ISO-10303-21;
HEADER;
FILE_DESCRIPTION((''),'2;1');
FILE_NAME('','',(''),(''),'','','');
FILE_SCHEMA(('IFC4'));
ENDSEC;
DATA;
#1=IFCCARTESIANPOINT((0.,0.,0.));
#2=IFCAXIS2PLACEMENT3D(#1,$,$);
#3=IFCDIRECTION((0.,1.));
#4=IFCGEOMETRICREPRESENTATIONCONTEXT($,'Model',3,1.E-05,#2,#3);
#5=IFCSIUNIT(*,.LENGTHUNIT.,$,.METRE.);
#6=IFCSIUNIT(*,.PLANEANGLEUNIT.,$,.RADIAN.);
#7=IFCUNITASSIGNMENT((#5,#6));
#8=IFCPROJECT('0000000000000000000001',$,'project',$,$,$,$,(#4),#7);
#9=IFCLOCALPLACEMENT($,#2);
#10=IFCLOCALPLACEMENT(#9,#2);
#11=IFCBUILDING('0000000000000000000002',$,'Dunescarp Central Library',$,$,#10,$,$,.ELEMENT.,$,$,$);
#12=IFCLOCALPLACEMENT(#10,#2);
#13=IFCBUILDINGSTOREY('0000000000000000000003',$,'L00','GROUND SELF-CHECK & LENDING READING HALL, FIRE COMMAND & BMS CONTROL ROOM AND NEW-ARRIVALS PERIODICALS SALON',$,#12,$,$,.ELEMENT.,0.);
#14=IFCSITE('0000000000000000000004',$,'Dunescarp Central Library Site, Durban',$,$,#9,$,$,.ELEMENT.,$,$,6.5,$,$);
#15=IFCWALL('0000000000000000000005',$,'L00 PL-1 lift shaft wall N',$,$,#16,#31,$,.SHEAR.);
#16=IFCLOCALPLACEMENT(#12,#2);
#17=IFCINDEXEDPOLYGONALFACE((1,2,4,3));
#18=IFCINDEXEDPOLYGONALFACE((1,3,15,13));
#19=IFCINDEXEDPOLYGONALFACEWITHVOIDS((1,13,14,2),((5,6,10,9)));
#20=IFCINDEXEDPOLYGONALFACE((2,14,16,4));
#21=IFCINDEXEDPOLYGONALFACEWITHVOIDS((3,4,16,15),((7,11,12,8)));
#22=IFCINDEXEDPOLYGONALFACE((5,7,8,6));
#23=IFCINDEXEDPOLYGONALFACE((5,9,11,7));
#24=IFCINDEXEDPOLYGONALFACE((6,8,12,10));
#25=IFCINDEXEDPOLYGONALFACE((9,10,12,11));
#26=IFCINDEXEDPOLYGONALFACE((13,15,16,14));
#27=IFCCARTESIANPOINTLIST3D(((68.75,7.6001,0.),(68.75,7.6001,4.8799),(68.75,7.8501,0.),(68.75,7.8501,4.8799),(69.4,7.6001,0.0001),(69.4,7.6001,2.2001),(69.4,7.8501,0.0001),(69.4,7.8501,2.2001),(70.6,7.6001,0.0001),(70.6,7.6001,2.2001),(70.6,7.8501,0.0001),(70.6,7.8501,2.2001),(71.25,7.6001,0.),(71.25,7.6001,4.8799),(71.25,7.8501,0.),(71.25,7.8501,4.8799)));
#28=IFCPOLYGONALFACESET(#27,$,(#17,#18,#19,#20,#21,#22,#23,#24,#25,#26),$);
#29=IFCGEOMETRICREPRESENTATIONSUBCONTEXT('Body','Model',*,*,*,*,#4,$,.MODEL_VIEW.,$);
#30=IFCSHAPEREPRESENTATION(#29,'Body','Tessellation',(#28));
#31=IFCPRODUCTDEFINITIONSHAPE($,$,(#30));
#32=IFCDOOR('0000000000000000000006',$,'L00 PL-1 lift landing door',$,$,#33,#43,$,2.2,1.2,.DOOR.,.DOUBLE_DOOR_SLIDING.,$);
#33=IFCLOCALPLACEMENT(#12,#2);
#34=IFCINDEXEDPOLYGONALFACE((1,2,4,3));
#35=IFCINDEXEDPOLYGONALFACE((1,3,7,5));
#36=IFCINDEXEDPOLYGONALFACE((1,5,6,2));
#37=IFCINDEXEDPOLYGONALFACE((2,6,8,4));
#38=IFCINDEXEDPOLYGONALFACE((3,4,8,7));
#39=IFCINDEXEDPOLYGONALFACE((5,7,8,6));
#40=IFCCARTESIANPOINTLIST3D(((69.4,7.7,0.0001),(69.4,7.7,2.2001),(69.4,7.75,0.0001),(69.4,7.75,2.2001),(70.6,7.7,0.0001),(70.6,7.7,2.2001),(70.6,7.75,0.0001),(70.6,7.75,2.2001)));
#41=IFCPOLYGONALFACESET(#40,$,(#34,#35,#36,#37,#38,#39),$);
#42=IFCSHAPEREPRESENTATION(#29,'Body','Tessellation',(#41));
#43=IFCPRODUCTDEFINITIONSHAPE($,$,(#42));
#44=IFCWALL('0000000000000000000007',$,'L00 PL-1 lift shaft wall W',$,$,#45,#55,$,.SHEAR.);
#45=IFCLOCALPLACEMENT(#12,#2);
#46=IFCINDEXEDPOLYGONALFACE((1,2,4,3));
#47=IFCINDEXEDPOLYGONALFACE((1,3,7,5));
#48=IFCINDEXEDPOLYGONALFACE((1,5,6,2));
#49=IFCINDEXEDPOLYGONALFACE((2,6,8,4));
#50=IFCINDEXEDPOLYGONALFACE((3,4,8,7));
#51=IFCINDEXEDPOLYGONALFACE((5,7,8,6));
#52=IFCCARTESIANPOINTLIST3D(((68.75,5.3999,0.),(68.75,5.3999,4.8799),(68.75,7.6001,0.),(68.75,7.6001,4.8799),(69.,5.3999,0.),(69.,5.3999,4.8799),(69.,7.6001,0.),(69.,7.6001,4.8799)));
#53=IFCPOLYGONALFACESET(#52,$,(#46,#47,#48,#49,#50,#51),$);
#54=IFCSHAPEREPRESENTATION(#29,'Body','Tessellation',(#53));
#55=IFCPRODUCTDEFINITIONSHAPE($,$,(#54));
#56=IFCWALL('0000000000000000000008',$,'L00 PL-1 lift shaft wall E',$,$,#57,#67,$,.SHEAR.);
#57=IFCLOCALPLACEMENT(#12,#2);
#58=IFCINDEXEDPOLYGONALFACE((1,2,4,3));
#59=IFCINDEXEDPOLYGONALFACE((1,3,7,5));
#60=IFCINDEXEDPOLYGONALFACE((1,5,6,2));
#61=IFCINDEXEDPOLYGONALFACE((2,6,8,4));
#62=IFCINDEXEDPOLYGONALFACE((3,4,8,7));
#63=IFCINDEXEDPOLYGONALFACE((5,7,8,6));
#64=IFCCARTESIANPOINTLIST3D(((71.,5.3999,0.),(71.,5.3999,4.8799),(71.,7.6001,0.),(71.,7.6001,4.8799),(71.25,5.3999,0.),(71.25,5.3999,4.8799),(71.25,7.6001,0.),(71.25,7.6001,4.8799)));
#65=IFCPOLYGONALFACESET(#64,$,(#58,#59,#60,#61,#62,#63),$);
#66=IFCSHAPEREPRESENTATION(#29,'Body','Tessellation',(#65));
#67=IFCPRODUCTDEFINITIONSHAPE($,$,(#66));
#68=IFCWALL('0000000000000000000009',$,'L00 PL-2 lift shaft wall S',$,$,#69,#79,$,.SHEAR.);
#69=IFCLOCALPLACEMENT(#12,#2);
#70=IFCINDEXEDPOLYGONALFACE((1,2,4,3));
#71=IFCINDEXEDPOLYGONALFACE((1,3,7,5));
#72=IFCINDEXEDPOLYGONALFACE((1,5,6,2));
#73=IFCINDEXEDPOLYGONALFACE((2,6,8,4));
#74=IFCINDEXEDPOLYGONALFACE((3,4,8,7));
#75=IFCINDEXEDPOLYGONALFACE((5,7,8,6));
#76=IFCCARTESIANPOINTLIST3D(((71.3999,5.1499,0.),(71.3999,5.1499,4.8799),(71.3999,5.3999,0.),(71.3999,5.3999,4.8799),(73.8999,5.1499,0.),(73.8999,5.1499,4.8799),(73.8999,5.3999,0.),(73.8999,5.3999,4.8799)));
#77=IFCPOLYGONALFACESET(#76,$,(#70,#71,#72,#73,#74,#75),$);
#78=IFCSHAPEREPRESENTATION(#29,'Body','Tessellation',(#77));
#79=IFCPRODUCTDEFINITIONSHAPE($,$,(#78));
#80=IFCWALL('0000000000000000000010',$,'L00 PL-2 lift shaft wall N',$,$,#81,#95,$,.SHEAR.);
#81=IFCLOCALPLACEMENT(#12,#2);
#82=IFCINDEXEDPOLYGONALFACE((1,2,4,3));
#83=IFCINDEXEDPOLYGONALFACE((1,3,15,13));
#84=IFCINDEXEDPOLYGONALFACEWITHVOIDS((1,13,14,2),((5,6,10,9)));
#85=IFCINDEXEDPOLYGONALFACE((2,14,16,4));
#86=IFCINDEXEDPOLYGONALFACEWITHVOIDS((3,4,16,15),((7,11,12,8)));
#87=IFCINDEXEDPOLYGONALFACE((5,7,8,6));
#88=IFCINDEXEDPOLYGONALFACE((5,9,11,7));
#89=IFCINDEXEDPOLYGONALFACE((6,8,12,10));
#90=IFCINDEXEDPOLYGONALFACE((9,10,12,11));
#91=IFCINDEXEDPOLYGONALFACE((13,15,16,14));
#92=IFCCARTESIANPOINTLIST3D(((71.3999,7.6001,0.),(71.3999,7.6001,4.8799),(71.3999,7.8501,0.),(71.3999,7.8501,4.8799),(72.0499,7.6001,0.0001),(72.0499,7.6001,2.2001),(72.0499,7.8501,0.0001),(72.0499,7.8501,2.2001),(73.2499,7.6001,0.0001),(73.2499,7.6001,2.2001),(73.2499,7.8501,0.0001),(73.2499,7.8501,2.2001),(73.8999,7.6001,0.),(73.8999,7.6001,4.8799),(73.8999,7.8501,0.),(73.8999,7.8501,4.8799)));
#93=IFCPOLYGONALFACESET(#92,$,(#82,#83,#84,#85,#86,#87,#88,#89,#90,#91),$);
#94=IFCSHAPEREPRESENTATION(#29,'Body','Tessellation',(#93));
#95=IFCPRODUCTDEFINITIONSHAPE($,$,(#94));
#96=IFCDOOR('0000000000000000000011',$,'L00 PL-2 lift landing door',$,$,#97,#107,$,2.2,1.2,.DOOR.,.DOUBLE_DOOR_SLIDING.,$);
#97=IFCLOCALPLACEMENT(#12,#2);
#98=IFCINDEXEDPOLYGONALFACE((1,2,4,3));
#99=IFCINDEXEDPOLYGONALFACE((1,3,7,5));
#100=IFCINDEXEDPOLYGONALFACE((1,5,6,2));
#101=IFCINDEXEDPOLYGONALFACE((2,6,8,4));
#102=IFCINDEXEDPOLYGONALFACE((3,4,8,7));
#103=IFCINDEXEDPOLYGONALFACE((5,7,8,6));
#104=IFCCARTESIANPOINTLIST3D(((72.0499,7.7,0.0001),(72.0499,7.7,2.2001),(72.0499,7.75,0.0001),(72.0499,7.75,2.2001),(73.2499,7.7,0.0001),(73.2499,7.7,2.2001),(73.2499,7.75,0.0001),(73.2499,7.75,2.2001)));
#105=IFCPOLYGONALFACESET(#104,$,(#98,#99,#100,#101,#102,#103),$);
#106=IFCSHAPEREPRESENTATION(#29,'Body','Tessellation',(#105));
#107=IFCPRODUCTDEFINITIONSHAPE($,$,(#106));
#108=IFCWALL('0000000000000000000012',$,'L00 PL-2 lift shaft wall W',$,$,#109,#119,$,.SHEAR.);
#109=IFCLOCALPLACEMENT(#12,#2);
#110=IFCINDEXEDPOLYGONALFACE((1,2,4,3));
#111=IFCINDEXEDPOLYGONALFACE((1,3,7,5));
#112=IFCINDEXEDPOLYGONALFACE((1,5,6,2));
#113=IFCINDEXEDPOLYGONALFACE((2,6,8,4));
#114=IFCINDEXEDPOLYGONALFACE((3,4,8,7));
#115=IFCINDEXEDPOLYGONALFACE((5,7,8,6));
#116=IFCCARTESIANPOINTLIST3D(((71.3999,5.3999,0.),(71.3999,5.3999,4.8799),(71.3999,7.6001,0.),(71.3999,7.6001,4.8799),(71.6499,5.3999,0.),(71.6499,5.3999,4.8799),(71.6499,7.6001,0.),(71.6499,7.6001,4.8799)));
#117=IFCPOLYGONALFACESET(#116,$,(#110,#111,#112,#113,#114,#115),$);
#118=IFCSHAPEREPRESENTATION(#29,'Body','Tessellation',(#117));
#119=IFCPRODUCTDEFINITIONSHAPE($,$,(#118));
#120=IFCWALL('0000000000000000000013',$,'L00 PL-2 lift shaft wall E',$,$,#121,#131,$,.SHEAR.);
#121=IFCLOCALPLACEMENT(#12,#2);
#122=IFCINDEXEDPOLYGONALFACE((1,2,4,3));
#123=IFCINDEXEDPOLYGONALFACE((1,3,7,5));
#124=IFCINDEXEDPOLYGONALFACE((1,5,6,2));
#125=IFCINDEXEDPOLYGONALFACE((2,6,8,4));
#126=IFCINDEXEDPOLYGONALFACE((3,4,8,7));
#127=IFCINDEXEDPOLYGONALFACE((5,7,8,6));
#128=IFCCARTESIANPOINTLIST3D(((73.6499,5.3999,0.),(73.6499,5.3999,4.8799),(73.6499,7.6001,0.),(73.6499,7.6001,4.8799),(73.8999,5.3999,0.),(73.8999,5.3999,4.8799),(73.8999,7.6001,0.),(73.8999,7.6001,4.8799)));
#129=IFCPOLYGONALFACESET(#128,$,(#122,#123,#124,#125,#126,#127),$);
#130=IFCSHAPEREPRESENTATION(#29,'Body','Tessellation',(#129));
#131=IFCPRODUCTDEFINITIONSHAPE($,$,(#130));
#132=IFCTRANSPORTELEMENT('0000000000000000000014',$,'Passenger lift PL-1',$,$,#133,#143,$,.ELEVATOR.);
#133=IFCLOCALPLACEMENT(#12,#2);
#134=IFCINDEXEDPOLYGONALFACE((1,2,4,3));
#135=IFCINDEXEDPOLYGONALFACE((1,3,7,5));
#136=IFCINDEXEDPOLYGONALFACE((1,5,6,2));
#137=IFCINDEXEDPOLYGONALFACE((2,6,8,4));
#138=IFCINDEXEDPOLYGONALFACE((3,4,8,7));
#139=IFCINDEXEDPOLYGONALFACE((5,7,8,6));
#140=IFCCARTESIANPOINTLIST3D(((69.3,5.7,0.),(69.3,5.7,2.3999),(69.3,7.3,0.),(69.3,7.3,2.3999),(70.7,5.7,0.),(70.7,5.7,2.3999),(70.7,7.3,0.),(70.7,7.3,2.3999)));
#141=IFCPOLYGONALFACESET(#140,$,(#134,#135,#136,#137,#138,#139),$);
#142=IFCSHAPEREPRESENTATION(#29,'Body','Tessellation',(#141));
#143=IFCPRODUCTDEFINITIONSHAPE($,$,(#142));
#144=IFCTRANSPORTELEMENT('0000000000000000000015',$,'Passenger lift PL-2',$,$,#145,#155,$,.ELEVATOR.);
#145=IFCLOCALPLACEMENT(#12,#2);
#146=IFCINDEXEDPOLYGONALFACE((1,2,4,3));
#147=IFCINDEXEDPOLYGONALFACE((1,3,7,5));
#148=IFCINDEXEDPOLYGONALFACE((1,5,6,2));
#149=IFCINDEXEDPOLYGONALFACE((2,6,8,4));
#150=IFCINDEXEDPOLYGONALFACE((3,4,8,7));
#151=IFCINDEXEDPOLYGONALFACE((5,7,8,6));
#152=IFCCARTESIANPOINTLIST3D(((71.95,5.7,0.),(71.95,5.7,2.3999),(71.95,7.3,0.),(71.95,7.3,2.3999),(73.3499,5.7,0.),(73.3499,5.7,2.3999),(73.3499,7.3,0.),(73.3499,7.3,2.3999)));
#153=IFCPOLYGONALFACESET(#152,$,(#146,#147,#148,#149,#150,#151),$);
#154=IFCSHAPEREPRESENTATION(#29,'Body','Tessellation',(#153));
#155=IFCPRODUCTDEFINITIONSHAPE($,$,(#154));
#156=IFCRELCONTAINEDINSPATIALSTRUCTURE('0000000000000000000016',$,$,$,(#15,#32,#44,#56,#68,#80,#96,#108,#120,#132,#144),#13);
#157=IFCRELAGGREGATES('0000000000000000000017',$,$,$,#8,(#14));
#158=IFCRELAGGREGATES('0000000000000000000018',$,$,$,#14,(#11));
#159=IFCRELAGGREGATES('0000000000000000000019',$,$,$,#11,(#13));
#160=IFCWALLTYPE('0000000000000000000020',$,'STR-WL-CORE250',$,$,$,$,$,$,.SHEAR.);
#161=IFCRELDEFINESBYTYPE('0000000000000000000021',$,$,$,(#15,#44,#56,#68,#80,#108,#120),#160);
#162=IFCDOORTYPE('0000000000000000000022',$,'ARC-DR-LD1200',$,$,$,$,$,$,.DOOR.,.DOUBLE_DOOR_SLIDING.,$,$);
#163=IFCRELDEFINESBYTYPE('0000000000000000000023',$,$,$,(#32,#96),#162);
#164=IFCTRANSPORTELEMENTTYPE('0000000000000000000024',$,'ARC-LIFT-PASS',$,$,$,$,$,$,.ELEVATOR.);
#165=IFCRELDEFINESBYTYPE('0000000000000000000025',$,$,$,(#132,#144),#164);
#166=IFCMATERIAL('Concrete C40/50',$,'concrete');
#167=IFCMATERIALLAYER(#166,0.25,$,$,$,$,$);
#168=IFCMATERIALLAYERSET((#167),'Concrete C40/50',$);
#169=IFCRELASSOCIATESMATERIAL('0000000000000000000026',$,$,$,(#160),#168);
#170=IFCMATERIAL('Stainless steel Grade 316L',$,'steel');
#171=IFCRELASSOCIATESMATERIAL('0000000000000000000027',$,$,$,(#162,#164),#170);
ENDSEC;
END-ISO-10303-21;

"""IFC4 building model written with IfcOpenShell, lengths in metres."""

from ifc_helpers import new_model, si_unit, direction, frame, frame_2d, origin, origin_2d, place, context, subcontext, project, spatial, rectangle, extrude, material, layer, layer_set, type_object, element, fill, save


model = new_model("IFC4")

# Units and contexts
model_context = context("Model", 3, precision=1e-05, world=origin(), true_north=direction((0.0, 1.0)))
body_context = subcontext(model_context, "Body", "Model", "MODEL_VIEW")
ifc_project = project(units=[si_unit("LENGTHUNIT", "METRE"), si_unit("PLANEANGLEUNIT", "RADIAN")], contexts=[model_context])

# Site, building, storey
site_placement = place(None, origin())
site = spatial("IfcSite", under=ifc_project, at=site_placement, Name="Dunescarp Central Library Site, Durban", CompositionType="ELEMENT", RefElevation=6.5)
building_placement = place(site_placement, origin())
building = spatial("IfcBuilding", under=site, at=building_placement, Name="Dunescarp Central Library", CompositionType="ELEMENT")
storey_placement = place(building_placement, origin())
storey = spatial("IfcBuildingStorey", under=building, at=storey_placement, Name="L00", Description="GROUND SELF-CHECK & LENDING READING HALL, FIRE COMMAND & BMS CONTROL ROOM AND NEW-ARRIVALS PERIODICALS SALON", CompositionType="ELEMENT", Elevation=0.0)

# Shared definitions
ifc_material_1 = material(Name="Concrete C40/50", Category="concrete")

# Shared definitions
ifc_layer_1 = layer(ifc_material_1, 0.25)
ifc_layer_set_1 = layer_set([ifc_layer_1], Name="Concrete C40/50")
wall_type_1 = type_object("IfcWallType", Name="STR-WL-CORE250", PredefinedType="SHEAR", material=ifc_layer_set_1)

# Wall, opening, door
wall_1_placement = place(storey_placement, frame((68.75, 7.7251, 0.0), z_axis=(0.0, 0.0, 1.0), x_axis=(1.0, 0.0, 0.0)))
wall_1 = element("IfcWall", 1, at=wall_1_placement, inside=storey, type_object=wall_type_1, Name="L00 PL-1 lift shaft wall N", PredefinedType="SHEAR", context=body_context, shape_type="SweptSolid", body=[
    extrude(rectangle(XDim=2.5, YDim=0.25, at=frame_2d((1.25, 0.0))), origin(), (0.0, 0.0, 1.0), 4.8799),
])
opening_1_placement = place(wall_1_placement, frame((0.6499, 0.0, 0.0)))
opening_1 = element("IfcOpeningElement", 2, at=opening_1_placement, cuts=wall_1, PredefinedType="OPENING", context=body_context, shape_type="SweptSolid", body=[
    extrude(rectangle(XDim=1.2, YDim=2.2, at=frame_2d((0.6001, 1.1001))), frame((0.0, 0.135, 0.0), z_axis=(0.0, -1.0, 0.0), x_axis=(1.0, 0.0, 0.0)), (0.0, 0.0, 1.0), 0.27),
])
ifc_material_2 = material(Name="Stainless steel Grade 316L", Category="steel")
door_type_1 = type_object("IfcDoorType", Name="ARC-DR-LD1200", OperationType="DOUBLE_DOOR_SLIDING", PredefinedType="DOOR", material=ifc_material_2)
door_1_placement = place(opening_1_placement, origin())
door_1 = element("IfcDoor", 3, at=door_1_placement, inside=storey, type_object=door_type_1, Name="L00 PL-1 lift landing door", OperationType="DOUBLE_DOOR_SLIDING", OverallHeight=2.2, OverallWidth=1.2, PredefinedType="DOOR", context=body_context, shape_type="SweptSolid", body=[
    extrude(rectangle(XDim=1.2, YDim=2.2, at=frame_2d((0.6001, 1.1001))), frame((0.0, 0.0249, 0.0), z_axis=(0.0, -1.0, 0.0), x_axis=(1.0, 0.0, 0.0)), (0.0, 0.0, 1.0), 0.05),
])
fill(opening_1, door_1)

# Walls
for number, where, z_axis, x_axis, name in (
    (4, (68.875, 5.3999, 0.0), (0.0, 0.0, 1.0), (0.0, 1.0, 0.0), "L00 PL-1 lift shaft wall W"),
    (5, (71.125, 7.6001, 0.0), (0.0, 0.0, 1.0), (0.0, -1.0, 0.0), "L00 PL-1 lift shaft wall E"),
):
    element("IfcWall", number, at=place(storey_placement, frame(where, z_axis=z_axis, x_axis=x_axis)), inside=storey, type_object=wall_type_1, Name=name, PredefinedType="SHEAR", context=body_context, shape_type="SweptSolid", body=[
        extrude(rectangle(XDim=2.2002, YDim=0.25, at=frame_2d((1.1001, 0.0))), origin(), (0.0, 0.0, 1.0), 4.8799),
    ])
wall_2_placement = place(storey_placement, frame((73.8999, 5.2749, 0.0), z_axis=(0.0, 0.0, 1.0), x_axis=(-1.0, 0.0, 0.0)))
element("IfcWall", 6, at=wall_2_placement, inside=storey, type_object=wall_type_1, Name="L00 PL-2 lift shaft wall S", PredefinedType="SHEAR", context=body_context, shape_type="SweptSolid", body=[
    extrude(rectangle(XDim=2.5, YDim=0.25, at=frame_2d((1.25, 0.0))), origin(), (0.0, 0.0, 1.0), 4.8799),
])

# Wall, opening, door
wall_3_placement = place(storey_placement, frame((71.3999, 7.7251, 0.0), z_axis=(0.0, 0.0, 1.0), x_axis=(1.0, 0.0, 0.0)))
wall_3 = element("IfcWall", 7, at=wall_3_placement, inside=storey, type_object=wall_type_1, Name="L00 PL-2 lift shaft wall N", PredefinedType="SHEAR", context=body_context, shape_type="SweptSolid", body=[
    extrude(rectangle(XDim=2.5, YDim=0.25, at=frame_2d((1.25, 0.0))), origin(), (0.0, 0.0, 1.0), 4.8799),
])
opening_2_placement = place(wall_3_placement, frame((0.6499, 0.0, 0.0)))
opening_2 = element("IfcOpeningElement", 8, at=opening_2_placement, cuts=wall_3, PredefinedType="OPENING", context=body_context, shape_type="SweptSolid", body=[
    extrude(rectangle(XDim=1.2, YDim=2.2, at=frame_2d((0.6001, 1.1001))), frame((0.0, 0.135, 0.0), z_axis=(0.0, -1.0, 0.0), x_axis=(1.0, 0.0, 0.0)), (0.0, 0.0, 1.0), 0.27),
])
door_2_placement = place(opening_2_placement, origin())
door_2 = element("IfcDoor", 9, at=door_2_placement, inside=storey, type_object=door_type_1, Name="L00 PL-2 lift landing door", OperationType="DOUBLE_DOOR_SLIDING", OverallHeight=2.2, OverallWidth=1.2, PredefinedType="DOOR", context=body_context, shape_type="SweptSolid", body=[
    extrude(rectangle(XDim=1.2, YDim=2.2, at=frame_2d((0.6001, 1.1001))), frame((0.0, 0.0249, 0.0), z_axis=(0.0, -1.0, 0.0), x_axis=(1.0, 0.0, 0.0)), (0.0, 0.0, 1.0), 0.05),
])
fill(opening_2, door_2)

# Walls
for number, where, z_axis, x_axis, name in (
    (10, (71.5249, 5.3999, 0.0), (0.0, 0.0, 1.0), (0.0, 1.0, 0.0), "L00 PL-2 lift shaft wall W"),
    (11, (73.7749, 7.6001, 0.0), (0.0, 0.0, 1.0), (0.0, -1.0, 0.0), "L00 PL-2 lift shaft wall E"),
):
    element("IfcWall", number, at=place(storey_placement, frame(where, z_axis=z_axis, x_axis=x_axis)), inside=storey, type_object=wall_type_1, Name=name, PredefinedType="SHEAR", context=body_context, shape_type="SweptSolid", body=[
        extrude(rectangle(XDim=2.2002, YDim=0.25, at=frame_2d((1.1001, 0.0))), origin(), (0.0, 0.0, 1.0), 4.8799),
    ])

# Transport elements
transport_element_type = type_object("IfcTransportElementType", Name="ARC-LIFT-PASS", PredefinedType="ELEVATOR", material=ifc_material_2)
for number, where, z_axis, x_axis, name in (
    (12, (70.0, 6.5, 0.0), (0.0, 0.0, 1.0), (1.0, 0.0, 0.0), "Passenger lift PL-1"),
    (13, (72.6499, 6.5, 0.0), (0.0, 0.0, 1.0), (1.0, 0.0, 0.0), "Passenger lift PL-2"),
):
    element("IfcTransportElement", number, at=place(storey_placement, frame(where, z_axis=z_axis, x_axis=x_axis)), inside=storey, type_object=transport_element_type, Name=name, PredefinedType="ELEVATOR", context=body_context, shape_type="SweptSolid", body=[
        extrude(rectangle(XDim=1.3999, YDim=1.6001, at=origin_2d()), origin(), (0.0, 0.0, 1.0), 2.3999),
    ])

save(model, "model.ifc")
